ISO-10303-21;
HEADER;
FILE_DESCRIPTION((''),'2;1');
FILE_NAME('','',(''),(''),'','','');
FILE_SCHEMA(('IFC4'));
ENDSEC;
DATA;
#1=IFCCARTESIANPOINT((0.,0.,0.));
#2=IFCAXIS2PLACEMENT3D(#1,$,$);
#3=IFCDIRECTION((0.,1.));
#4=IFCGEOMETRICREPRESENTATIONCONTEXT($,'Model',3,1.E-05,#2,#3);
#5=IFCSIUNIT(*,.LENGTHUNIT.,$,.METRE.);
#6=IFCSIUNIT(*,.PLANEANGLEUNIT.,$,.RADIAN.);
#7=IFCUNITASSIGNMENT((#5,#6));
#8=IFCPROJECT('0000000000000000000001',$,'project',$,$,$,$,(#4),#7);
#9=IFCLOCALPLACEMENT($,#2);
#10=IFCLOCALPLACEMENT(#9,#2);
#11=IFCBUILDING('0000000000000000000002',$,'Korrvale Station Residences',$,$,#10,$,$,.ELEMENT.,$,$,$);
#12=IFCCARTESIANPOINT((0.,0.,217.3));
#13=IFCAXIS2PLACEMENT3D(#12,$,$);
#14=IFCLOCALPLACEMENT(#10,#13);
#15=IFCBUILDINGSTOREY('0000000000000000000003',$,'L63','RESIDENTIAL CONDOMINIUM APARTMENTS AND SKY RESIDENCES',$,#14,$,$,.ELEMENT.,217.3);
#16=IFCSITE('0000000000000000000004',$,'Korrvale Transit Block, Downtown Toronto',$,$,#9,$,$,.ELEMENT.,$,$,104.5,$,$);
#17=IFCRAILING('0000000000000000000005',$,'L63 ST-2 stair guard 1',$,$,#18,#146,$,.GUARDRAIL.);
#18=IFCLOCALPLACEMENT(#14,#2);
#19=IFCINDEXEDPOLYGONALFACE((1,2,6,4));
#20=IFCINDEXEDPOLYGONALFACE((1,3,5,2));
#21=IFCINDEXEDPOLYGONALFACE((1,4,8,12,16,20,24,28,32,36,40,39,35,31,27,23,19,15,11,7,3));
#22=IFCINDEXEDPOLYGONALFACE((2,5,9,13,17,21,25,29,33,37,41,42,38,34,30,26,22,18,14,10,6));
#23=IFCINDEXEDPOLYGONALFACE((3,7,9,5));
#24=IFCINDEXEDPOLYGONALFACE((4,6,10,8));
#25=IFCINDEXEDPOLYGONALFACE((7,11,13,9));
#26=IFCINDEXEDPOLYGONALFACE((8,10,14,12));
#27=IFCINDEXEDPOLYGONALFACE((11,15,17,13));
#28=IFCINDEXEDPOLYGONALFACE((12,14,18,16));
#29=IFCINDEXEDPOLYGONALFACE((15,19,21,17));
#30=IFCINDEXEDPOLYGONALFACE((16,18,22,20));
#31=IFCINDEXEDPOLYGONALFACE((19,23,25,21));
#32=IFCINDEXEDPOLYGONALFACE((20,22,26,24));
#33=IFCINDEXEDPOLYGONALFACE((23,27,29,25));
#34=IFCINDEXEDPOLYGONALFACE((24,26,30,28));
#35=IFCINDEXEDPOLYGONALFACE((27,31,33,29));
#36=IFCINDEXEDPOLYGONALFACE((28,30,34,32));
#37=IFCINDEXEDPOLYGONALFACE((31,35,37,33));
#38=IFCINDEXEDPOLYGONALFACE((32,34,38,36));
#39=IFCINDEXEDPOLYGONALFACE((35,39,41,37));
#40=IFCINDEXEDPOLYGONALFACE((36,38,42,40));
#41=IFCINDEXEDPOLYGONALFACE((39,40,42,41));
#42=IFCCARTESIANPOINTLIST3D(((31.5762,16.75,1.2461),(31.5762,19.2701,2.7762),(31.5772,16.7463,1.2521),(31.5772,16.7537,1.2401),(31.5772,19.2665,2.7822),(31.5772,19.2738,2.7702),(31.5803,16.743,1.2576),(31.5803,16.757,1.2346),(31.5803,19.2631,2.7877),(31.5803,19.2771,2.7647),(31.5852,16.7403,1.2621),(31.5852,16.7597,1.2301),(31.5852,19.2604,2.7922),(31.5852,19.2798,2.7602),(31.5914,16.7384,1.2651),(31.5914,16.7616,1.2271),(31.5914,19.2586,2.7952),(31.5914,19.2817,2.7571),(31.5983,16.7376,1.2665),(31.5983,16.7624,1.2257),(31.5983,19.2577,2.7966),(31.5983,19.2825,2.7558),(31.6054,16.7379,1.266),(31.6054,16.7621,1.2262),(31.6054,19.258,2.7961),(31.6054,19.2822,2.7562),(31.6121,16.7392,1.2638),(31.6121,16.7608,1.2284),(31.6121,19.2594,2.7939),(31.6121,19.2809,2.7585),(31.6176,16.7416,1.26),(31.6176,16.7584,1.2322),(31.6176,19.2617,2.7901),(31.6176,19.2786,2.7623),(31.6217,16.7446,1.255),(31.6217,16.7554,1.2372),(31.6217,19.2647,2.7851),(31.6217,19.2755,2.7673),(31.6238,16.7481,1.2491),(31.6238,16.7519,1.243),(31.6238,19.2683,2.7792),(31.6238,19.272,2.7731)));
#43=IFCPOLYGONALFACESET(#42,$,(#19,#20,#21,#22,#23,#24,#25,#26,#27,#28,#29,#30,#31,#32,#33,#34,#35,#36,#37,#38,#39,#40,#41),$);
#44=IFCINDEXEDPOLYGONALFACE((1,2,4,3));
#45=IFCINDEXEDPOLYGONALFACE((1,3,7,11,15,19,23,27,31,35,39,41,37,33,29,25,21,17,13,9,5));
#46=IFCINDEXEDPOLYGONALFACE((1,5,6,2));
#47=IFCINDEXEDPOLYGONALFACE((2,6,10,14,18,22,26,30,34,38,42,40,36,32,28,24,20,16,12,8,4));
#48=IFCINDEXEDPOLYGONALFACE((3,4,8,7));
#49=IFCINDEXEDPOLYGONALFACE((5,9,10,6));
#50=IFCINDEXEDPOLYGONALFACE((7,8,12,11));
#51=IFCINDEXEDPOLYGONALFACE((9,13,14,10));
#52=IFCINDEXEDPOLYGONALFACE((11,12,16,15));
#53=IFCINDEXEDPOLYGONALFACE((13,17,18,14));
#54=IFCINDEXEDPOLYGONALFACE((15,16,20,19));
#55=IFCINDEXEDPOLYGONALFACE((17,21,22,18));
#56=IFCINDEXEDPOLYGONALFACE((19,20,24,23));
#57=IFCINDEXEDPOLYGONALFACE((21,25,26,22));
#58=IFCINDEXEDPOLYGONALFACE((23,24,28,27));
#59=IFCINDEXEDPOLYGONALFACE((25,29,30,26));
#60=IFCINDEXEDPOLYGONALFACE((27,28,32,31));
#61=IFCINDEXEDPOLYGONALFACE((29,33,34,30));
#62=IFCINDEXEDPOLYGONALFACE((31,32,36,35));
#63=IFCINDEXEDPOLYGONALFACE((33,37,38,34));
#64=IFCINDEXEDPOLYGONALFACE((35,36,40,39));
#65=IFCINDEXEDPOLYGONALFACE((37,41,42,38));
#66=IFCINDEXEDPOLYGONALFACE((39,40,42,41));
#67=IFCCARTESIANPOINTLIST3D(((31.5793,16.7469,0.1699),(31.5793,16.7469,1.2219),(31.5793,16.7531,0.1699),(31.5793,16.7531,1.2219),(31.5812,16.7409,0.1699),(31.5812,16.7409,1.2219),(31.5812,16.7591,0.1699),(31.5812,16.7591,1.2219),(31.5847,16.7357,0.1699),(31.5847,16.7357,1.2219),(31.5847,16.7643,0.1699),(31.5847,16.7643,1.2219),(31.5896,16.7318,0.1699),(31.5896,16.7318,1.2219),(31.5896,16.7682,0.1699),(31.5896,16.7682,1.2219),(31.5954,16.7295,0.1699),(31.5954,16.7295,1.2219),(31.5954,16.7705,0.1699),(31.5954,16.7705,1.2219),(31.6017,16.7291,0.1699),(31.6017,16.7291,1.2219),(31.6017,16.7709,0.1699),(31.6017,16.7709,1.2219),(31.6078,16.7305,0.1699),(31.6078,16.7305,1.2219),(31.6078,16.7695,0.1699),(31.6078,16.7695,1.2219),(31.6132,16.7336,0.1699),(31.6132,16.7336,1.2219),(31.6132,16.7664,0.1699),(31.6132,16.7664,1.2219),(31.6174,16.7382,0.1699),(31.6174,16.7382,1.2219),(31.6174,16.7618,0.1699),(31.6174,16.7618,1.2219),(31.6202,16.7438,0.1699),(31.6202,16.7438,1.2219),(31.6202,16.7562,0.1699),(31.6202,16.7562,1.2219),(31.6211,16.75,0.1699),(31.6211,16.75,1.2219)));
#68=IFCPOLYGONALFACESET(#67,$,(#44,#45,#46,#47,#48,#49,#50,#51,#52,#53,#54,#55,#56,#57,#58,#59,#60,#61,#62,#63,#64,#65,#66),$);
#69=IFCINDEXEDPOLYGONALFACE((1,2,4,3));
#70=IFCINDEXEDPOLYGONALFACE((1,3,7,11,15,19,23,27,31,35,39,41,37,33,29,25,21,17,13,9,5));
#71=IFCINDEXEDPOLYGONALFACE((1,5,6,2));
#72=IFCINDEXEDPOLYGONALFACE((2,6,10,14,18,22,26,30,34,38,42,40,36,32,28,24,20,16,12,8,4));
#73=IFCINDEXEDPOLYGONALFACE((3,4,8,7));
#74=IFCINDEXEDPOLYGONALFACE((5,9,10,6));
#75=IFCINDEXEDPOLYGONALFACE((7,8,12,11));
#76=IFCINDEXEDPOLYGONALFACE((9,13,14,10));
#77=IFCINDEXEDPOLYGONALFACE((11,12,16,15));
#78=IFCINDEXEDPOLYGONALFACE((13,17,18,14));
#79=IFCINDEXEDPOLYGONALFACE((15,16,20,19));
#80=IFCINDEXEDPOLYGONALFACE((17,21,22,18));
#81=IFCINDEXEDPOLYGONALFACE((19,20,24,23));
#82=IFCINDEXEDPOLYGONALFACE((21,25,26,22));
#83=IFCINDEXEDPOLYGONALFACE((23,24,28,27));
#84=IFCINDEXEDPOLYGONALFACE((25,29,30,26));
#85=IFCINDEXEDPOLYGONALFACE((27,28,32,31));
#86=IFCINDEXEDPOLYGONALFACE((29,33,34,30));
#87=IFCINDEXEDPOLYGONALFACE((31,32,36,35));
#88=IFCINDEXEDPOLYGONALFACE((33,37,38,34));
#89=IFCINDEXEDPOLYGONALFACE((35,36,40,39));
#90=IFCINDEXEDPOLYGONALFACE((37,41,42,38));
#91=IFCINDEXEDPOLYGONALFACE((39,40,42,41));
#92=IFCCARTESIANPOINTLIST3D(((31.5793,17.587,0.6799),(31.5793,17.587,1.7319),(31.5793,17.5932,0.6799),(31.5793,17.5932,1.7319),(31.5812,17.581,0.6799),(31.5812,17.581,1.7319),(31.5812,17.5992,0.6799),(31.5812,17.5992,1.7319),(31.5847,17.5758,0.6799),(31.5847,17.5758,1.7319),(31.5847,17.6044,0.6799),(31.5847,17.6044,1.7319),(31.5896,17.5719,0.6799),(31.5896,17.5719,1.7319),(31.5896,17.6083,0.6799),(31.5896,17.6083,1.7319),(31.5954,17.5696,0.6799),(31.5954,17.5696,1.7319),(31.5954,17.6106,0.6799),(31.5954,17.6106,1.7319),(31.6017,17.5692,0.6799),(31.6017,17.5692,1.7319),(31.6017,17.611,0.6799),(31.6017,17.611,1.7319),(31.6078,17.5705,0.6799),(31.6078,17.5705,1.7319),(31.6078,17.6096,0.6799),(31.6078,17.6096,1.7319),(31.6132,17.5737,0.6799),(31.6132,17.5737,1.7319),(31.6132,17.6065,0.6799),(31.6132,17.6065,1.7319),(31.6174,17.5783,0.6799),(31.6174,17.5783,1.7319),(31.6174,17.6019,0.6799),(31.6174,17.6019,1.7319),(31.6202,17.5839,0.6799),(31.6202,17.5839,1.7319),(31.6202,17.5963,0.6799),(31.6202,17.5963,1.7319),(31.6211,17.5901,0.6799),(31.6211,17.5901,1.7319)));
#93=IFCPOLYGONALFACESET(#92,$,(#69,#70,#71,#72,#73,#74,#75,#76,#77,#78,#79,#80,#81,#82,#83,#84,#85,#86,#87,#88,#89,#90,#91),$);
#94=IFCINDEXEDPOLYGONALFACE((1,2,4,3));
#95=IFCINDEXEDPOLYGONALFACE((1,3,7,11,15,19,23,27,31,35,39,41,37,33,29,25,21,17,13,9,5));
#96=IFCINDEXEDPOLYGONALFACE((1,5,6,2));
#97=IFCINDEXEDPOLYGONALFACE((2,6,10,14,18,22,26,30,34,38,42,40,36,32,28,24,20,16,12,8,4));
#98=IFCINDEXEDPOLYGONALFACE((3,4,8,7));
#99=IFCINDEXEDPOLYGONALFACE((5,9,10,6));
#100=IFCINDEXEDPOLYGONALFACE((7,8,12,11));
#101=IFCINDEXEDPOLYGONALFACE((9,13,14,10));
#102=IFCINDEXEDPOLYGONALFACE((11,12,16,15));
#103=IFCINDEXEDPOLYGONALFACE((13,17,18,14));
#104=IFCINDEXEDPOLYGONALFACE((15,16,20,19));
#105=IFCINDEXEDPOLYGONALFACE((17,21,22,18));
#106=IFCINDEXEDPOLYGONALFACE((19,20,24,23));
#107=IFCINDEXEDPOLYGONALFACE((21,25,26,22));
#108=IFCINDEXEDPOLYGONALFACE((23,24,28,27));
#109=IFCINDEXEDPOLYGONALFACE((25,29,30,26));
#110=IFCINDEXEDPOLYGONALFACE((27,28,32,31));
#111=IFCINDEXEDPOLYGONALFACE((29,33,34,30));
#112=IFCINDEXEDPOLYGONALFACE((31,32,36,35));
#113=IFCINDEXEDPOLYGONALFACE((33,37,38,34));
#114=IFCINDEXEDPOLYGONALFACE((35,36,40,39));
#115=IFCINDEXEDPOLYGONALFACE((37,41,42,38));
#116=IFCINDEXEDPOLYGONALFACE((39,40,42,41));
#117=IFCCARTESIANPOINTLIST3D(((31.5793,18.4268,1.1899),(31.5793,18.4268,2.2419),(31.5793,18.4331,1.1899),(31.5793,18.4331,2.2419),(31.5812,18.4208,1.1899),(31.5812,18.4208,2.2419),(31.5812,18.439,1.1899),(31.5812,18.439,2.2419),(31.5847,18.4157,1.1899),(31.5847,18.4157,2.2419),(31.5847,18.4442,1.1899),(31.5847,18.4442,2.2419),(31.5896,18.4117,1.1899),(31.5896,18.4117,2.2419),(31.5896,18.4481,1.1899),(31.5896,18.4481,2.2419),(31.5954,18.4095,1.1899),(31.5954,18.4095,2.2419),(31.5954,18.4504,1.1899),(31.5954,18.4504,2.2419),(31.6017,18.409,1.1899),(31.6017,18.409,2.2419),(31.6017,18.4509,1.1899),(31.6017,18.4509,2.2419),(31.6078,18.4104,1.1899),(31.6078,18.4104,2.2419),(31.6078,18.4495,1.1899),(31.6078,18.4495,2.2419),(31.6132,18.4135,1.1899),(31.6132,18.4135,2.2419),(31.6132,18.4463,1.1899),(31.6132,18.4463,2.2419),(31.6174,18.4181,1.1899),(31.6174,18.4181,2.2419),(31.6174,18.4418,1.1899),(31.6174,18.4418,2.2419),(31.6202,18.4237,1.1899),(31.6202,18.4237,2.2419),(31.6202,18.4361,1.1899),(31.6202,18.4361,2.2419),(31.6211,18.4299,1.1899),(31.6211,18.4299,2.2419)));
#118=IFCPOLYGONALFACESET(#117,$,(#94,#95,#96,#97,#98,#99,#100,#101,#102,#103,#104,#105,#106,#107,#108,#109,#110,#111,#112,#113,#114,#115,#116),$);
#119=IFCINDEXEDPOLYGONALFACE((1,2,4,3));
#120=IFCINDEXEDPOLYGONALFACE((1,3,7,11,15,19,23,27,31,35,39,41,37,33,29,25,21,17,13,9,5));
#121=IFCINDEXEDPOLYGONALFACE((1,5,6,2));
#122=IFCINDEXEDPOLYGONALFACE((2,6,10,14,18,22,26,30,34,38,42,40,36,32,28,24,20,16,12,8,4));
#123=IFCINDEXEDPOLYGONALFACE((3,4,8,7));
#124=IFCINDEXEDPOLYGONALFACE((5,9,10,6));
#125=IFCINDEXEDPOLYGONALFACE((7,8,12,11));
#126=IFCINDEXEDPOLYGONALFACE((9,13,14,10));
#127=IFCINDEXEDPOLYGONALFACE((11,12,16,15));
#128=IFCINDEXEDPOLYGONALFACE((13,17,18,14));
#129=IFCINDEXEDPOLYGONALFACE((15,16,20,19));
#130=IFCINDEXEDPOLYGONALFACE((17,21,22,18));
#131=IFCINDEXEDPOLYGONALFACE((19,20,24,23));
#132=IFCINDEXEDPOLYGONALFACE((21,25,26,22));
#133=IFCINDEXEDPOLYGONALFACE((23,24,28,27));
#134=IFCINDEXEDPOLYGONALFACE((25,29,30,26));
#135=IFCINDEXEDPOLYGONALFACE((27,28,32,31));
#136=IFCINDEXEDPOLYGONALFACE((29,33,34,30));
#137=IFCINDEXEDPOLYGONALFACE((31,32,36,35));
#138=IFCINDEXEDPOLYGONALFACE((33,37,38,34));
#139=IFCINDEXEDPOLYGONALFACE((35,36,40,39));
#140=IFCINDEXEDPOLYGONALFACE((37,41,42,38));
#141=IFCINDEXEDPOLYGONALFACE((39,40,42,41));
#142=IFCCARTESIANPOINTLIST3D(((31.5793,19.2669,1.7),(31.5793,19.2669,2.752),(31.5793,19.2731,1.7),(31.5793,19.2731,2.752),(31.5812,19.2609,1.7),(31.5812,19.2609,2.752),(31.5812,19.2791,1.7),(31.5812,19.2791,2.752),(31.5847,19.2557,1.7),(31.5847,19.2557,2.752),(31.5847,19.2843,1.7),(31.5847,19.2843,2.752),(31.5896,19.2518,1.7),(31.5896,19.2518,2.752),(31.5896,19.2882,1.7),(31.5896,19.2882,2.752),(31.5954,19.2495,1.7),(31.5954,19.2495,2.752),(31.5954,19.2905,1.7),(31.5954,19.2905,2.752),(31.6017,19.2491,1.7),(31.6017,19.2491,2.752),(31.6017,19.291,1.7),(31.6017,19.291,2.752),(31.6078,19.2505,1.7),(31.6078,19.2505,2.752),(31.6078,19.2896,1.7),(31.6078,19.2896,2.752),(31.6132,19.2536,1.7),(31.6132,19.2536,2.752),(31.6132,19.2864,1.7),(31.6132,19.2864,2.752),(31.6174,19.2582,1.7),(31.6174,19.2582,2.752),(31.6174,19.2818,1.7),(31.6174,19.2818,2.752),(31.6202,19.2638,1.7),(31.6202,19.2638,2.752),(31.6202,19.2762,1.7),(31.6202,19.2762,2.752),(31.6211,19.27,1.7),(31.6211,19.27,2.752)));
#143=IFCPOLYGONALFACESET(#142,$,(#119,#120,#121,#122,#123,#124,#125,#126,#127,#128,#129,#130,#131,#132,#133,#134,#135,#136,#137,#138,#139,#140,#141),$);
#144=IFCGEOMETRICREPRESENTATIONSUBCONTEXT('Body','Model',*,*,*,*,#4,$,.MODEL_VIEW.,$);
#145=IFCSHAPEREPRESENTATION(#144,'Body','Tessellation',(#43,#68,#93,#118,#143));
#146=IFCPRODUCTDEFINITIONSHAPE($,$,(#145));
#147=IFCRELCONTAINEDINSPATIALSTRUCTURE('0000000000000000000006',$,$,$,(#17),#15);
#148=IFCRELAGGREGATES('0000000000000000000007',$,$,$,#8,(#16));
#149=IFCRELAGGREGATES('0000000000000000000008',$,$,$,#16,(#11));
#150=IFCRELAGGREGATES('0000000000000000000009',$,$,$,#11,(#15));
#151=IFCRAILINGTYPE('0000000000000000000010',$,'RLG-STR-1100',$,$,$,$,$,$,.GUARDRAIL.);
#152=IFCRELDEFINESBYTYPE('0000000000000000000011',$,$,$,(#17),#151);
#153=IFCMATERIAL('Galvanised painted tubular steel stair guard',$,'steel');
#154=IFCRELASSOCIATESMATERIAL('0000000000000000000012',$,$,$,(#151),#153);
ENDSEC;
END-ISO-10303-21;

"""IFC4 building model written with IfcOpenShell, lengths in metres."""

from ifc_helpers import new_model, si_unit, direction, frame, origin, origin_2d, place, context, subcontext, project, spatial, circle, extrude, material, type_object, element, save


model = new_model("IFC4")

# Units and contexts
model_context = context("Model", 3, precision=1e-05, world=origin(), true_north=direction((0.0, 1.0)))
body_context = subcontext(model_context, "Body", "Model", "MODEL_VIEW")
ifc_project = project(units=[si_unit("LENGTHUNIT", "METRE"), si_unit("PLANEANGLEUNIT", "RADIAN")], contexts=[model_context])

# Site, building, storey
site_placement = place(None, origin())
site = spatial("IfcSite", under=ifc_project, at=site_placement, Name="Korrvale Transit Block, Downtown Toronto", CompositionType="ELEMENT", RefElevation=104.5)
building_placement = place(site_placement, origin())
building = spatial("IfcBuilding", under=site, at=building_placement, Name="Korrvale Station Residences", CompositionType="ELEMENT")
storey_placement = place(building_placement, frame((0.0, 0.0, 217.3)))
storey = spatial("IfcBuildingStorey", under=building, at=storey_placement, Name="L63", Description="RESIDENTIAL CONDOMINIUM APARTMENTS AND SKY RESIDENCES", CompositionType="ELEMENT", Elevation=217.3)

# Railing
ifc_material_1 = material(Name="Galvanised painted tubular steel stair guard", Category="steel")
railing_type_1 = type_object("IfcRailingType", Name="RLG-STR-1100", PredefinedType="GUARDRAIL", material=ifc_material_1)
railing_1_placement = place(storey_placement, frame((31.6001, 16.75, 0.1699)))
element("IfcRailing", 1, at=railing_1_placement, inside=storey, type_object=railing_type_1, Name="L63 ST-2 stair guard 1", PredefinedType="GUARDRAIL", context=body_context, shape_type="SweptSolid", body=[
    extrude(circle(Radius=0.0239, at=origin_2d()), frame((0.0, 0.0, 1.0762), z_axis=(0.0, 0.854785, 0.518982), x_axis=(-1.0, 0.0, 0.0)), (0.0, 0.0, 1.0), 2.9482),
    extrude(circle(Radius=0.021, at=origin_2d()), origin(), (0.0, 0.0, 1.0), 1.052),
    extrude(circle(Radius=0.021, at=origin_2d()), frame((0.0, 0.8401, 0.51)), (0.0, 0.0, 1.0), 1.052),
    extrude(circle(Radius=0.021, at=origin_2d()), frame((0.0, 1.6799, 1.02)), (0.0, 0.0, 1.0), 1.052),
    extrude(circle(Radius=0.021, at=origin_2d()), frame((0.0, 2.52, 1.53)), (0.0, 0.0, 1.0), 1.052),
])

save(model, "model.ifc")
